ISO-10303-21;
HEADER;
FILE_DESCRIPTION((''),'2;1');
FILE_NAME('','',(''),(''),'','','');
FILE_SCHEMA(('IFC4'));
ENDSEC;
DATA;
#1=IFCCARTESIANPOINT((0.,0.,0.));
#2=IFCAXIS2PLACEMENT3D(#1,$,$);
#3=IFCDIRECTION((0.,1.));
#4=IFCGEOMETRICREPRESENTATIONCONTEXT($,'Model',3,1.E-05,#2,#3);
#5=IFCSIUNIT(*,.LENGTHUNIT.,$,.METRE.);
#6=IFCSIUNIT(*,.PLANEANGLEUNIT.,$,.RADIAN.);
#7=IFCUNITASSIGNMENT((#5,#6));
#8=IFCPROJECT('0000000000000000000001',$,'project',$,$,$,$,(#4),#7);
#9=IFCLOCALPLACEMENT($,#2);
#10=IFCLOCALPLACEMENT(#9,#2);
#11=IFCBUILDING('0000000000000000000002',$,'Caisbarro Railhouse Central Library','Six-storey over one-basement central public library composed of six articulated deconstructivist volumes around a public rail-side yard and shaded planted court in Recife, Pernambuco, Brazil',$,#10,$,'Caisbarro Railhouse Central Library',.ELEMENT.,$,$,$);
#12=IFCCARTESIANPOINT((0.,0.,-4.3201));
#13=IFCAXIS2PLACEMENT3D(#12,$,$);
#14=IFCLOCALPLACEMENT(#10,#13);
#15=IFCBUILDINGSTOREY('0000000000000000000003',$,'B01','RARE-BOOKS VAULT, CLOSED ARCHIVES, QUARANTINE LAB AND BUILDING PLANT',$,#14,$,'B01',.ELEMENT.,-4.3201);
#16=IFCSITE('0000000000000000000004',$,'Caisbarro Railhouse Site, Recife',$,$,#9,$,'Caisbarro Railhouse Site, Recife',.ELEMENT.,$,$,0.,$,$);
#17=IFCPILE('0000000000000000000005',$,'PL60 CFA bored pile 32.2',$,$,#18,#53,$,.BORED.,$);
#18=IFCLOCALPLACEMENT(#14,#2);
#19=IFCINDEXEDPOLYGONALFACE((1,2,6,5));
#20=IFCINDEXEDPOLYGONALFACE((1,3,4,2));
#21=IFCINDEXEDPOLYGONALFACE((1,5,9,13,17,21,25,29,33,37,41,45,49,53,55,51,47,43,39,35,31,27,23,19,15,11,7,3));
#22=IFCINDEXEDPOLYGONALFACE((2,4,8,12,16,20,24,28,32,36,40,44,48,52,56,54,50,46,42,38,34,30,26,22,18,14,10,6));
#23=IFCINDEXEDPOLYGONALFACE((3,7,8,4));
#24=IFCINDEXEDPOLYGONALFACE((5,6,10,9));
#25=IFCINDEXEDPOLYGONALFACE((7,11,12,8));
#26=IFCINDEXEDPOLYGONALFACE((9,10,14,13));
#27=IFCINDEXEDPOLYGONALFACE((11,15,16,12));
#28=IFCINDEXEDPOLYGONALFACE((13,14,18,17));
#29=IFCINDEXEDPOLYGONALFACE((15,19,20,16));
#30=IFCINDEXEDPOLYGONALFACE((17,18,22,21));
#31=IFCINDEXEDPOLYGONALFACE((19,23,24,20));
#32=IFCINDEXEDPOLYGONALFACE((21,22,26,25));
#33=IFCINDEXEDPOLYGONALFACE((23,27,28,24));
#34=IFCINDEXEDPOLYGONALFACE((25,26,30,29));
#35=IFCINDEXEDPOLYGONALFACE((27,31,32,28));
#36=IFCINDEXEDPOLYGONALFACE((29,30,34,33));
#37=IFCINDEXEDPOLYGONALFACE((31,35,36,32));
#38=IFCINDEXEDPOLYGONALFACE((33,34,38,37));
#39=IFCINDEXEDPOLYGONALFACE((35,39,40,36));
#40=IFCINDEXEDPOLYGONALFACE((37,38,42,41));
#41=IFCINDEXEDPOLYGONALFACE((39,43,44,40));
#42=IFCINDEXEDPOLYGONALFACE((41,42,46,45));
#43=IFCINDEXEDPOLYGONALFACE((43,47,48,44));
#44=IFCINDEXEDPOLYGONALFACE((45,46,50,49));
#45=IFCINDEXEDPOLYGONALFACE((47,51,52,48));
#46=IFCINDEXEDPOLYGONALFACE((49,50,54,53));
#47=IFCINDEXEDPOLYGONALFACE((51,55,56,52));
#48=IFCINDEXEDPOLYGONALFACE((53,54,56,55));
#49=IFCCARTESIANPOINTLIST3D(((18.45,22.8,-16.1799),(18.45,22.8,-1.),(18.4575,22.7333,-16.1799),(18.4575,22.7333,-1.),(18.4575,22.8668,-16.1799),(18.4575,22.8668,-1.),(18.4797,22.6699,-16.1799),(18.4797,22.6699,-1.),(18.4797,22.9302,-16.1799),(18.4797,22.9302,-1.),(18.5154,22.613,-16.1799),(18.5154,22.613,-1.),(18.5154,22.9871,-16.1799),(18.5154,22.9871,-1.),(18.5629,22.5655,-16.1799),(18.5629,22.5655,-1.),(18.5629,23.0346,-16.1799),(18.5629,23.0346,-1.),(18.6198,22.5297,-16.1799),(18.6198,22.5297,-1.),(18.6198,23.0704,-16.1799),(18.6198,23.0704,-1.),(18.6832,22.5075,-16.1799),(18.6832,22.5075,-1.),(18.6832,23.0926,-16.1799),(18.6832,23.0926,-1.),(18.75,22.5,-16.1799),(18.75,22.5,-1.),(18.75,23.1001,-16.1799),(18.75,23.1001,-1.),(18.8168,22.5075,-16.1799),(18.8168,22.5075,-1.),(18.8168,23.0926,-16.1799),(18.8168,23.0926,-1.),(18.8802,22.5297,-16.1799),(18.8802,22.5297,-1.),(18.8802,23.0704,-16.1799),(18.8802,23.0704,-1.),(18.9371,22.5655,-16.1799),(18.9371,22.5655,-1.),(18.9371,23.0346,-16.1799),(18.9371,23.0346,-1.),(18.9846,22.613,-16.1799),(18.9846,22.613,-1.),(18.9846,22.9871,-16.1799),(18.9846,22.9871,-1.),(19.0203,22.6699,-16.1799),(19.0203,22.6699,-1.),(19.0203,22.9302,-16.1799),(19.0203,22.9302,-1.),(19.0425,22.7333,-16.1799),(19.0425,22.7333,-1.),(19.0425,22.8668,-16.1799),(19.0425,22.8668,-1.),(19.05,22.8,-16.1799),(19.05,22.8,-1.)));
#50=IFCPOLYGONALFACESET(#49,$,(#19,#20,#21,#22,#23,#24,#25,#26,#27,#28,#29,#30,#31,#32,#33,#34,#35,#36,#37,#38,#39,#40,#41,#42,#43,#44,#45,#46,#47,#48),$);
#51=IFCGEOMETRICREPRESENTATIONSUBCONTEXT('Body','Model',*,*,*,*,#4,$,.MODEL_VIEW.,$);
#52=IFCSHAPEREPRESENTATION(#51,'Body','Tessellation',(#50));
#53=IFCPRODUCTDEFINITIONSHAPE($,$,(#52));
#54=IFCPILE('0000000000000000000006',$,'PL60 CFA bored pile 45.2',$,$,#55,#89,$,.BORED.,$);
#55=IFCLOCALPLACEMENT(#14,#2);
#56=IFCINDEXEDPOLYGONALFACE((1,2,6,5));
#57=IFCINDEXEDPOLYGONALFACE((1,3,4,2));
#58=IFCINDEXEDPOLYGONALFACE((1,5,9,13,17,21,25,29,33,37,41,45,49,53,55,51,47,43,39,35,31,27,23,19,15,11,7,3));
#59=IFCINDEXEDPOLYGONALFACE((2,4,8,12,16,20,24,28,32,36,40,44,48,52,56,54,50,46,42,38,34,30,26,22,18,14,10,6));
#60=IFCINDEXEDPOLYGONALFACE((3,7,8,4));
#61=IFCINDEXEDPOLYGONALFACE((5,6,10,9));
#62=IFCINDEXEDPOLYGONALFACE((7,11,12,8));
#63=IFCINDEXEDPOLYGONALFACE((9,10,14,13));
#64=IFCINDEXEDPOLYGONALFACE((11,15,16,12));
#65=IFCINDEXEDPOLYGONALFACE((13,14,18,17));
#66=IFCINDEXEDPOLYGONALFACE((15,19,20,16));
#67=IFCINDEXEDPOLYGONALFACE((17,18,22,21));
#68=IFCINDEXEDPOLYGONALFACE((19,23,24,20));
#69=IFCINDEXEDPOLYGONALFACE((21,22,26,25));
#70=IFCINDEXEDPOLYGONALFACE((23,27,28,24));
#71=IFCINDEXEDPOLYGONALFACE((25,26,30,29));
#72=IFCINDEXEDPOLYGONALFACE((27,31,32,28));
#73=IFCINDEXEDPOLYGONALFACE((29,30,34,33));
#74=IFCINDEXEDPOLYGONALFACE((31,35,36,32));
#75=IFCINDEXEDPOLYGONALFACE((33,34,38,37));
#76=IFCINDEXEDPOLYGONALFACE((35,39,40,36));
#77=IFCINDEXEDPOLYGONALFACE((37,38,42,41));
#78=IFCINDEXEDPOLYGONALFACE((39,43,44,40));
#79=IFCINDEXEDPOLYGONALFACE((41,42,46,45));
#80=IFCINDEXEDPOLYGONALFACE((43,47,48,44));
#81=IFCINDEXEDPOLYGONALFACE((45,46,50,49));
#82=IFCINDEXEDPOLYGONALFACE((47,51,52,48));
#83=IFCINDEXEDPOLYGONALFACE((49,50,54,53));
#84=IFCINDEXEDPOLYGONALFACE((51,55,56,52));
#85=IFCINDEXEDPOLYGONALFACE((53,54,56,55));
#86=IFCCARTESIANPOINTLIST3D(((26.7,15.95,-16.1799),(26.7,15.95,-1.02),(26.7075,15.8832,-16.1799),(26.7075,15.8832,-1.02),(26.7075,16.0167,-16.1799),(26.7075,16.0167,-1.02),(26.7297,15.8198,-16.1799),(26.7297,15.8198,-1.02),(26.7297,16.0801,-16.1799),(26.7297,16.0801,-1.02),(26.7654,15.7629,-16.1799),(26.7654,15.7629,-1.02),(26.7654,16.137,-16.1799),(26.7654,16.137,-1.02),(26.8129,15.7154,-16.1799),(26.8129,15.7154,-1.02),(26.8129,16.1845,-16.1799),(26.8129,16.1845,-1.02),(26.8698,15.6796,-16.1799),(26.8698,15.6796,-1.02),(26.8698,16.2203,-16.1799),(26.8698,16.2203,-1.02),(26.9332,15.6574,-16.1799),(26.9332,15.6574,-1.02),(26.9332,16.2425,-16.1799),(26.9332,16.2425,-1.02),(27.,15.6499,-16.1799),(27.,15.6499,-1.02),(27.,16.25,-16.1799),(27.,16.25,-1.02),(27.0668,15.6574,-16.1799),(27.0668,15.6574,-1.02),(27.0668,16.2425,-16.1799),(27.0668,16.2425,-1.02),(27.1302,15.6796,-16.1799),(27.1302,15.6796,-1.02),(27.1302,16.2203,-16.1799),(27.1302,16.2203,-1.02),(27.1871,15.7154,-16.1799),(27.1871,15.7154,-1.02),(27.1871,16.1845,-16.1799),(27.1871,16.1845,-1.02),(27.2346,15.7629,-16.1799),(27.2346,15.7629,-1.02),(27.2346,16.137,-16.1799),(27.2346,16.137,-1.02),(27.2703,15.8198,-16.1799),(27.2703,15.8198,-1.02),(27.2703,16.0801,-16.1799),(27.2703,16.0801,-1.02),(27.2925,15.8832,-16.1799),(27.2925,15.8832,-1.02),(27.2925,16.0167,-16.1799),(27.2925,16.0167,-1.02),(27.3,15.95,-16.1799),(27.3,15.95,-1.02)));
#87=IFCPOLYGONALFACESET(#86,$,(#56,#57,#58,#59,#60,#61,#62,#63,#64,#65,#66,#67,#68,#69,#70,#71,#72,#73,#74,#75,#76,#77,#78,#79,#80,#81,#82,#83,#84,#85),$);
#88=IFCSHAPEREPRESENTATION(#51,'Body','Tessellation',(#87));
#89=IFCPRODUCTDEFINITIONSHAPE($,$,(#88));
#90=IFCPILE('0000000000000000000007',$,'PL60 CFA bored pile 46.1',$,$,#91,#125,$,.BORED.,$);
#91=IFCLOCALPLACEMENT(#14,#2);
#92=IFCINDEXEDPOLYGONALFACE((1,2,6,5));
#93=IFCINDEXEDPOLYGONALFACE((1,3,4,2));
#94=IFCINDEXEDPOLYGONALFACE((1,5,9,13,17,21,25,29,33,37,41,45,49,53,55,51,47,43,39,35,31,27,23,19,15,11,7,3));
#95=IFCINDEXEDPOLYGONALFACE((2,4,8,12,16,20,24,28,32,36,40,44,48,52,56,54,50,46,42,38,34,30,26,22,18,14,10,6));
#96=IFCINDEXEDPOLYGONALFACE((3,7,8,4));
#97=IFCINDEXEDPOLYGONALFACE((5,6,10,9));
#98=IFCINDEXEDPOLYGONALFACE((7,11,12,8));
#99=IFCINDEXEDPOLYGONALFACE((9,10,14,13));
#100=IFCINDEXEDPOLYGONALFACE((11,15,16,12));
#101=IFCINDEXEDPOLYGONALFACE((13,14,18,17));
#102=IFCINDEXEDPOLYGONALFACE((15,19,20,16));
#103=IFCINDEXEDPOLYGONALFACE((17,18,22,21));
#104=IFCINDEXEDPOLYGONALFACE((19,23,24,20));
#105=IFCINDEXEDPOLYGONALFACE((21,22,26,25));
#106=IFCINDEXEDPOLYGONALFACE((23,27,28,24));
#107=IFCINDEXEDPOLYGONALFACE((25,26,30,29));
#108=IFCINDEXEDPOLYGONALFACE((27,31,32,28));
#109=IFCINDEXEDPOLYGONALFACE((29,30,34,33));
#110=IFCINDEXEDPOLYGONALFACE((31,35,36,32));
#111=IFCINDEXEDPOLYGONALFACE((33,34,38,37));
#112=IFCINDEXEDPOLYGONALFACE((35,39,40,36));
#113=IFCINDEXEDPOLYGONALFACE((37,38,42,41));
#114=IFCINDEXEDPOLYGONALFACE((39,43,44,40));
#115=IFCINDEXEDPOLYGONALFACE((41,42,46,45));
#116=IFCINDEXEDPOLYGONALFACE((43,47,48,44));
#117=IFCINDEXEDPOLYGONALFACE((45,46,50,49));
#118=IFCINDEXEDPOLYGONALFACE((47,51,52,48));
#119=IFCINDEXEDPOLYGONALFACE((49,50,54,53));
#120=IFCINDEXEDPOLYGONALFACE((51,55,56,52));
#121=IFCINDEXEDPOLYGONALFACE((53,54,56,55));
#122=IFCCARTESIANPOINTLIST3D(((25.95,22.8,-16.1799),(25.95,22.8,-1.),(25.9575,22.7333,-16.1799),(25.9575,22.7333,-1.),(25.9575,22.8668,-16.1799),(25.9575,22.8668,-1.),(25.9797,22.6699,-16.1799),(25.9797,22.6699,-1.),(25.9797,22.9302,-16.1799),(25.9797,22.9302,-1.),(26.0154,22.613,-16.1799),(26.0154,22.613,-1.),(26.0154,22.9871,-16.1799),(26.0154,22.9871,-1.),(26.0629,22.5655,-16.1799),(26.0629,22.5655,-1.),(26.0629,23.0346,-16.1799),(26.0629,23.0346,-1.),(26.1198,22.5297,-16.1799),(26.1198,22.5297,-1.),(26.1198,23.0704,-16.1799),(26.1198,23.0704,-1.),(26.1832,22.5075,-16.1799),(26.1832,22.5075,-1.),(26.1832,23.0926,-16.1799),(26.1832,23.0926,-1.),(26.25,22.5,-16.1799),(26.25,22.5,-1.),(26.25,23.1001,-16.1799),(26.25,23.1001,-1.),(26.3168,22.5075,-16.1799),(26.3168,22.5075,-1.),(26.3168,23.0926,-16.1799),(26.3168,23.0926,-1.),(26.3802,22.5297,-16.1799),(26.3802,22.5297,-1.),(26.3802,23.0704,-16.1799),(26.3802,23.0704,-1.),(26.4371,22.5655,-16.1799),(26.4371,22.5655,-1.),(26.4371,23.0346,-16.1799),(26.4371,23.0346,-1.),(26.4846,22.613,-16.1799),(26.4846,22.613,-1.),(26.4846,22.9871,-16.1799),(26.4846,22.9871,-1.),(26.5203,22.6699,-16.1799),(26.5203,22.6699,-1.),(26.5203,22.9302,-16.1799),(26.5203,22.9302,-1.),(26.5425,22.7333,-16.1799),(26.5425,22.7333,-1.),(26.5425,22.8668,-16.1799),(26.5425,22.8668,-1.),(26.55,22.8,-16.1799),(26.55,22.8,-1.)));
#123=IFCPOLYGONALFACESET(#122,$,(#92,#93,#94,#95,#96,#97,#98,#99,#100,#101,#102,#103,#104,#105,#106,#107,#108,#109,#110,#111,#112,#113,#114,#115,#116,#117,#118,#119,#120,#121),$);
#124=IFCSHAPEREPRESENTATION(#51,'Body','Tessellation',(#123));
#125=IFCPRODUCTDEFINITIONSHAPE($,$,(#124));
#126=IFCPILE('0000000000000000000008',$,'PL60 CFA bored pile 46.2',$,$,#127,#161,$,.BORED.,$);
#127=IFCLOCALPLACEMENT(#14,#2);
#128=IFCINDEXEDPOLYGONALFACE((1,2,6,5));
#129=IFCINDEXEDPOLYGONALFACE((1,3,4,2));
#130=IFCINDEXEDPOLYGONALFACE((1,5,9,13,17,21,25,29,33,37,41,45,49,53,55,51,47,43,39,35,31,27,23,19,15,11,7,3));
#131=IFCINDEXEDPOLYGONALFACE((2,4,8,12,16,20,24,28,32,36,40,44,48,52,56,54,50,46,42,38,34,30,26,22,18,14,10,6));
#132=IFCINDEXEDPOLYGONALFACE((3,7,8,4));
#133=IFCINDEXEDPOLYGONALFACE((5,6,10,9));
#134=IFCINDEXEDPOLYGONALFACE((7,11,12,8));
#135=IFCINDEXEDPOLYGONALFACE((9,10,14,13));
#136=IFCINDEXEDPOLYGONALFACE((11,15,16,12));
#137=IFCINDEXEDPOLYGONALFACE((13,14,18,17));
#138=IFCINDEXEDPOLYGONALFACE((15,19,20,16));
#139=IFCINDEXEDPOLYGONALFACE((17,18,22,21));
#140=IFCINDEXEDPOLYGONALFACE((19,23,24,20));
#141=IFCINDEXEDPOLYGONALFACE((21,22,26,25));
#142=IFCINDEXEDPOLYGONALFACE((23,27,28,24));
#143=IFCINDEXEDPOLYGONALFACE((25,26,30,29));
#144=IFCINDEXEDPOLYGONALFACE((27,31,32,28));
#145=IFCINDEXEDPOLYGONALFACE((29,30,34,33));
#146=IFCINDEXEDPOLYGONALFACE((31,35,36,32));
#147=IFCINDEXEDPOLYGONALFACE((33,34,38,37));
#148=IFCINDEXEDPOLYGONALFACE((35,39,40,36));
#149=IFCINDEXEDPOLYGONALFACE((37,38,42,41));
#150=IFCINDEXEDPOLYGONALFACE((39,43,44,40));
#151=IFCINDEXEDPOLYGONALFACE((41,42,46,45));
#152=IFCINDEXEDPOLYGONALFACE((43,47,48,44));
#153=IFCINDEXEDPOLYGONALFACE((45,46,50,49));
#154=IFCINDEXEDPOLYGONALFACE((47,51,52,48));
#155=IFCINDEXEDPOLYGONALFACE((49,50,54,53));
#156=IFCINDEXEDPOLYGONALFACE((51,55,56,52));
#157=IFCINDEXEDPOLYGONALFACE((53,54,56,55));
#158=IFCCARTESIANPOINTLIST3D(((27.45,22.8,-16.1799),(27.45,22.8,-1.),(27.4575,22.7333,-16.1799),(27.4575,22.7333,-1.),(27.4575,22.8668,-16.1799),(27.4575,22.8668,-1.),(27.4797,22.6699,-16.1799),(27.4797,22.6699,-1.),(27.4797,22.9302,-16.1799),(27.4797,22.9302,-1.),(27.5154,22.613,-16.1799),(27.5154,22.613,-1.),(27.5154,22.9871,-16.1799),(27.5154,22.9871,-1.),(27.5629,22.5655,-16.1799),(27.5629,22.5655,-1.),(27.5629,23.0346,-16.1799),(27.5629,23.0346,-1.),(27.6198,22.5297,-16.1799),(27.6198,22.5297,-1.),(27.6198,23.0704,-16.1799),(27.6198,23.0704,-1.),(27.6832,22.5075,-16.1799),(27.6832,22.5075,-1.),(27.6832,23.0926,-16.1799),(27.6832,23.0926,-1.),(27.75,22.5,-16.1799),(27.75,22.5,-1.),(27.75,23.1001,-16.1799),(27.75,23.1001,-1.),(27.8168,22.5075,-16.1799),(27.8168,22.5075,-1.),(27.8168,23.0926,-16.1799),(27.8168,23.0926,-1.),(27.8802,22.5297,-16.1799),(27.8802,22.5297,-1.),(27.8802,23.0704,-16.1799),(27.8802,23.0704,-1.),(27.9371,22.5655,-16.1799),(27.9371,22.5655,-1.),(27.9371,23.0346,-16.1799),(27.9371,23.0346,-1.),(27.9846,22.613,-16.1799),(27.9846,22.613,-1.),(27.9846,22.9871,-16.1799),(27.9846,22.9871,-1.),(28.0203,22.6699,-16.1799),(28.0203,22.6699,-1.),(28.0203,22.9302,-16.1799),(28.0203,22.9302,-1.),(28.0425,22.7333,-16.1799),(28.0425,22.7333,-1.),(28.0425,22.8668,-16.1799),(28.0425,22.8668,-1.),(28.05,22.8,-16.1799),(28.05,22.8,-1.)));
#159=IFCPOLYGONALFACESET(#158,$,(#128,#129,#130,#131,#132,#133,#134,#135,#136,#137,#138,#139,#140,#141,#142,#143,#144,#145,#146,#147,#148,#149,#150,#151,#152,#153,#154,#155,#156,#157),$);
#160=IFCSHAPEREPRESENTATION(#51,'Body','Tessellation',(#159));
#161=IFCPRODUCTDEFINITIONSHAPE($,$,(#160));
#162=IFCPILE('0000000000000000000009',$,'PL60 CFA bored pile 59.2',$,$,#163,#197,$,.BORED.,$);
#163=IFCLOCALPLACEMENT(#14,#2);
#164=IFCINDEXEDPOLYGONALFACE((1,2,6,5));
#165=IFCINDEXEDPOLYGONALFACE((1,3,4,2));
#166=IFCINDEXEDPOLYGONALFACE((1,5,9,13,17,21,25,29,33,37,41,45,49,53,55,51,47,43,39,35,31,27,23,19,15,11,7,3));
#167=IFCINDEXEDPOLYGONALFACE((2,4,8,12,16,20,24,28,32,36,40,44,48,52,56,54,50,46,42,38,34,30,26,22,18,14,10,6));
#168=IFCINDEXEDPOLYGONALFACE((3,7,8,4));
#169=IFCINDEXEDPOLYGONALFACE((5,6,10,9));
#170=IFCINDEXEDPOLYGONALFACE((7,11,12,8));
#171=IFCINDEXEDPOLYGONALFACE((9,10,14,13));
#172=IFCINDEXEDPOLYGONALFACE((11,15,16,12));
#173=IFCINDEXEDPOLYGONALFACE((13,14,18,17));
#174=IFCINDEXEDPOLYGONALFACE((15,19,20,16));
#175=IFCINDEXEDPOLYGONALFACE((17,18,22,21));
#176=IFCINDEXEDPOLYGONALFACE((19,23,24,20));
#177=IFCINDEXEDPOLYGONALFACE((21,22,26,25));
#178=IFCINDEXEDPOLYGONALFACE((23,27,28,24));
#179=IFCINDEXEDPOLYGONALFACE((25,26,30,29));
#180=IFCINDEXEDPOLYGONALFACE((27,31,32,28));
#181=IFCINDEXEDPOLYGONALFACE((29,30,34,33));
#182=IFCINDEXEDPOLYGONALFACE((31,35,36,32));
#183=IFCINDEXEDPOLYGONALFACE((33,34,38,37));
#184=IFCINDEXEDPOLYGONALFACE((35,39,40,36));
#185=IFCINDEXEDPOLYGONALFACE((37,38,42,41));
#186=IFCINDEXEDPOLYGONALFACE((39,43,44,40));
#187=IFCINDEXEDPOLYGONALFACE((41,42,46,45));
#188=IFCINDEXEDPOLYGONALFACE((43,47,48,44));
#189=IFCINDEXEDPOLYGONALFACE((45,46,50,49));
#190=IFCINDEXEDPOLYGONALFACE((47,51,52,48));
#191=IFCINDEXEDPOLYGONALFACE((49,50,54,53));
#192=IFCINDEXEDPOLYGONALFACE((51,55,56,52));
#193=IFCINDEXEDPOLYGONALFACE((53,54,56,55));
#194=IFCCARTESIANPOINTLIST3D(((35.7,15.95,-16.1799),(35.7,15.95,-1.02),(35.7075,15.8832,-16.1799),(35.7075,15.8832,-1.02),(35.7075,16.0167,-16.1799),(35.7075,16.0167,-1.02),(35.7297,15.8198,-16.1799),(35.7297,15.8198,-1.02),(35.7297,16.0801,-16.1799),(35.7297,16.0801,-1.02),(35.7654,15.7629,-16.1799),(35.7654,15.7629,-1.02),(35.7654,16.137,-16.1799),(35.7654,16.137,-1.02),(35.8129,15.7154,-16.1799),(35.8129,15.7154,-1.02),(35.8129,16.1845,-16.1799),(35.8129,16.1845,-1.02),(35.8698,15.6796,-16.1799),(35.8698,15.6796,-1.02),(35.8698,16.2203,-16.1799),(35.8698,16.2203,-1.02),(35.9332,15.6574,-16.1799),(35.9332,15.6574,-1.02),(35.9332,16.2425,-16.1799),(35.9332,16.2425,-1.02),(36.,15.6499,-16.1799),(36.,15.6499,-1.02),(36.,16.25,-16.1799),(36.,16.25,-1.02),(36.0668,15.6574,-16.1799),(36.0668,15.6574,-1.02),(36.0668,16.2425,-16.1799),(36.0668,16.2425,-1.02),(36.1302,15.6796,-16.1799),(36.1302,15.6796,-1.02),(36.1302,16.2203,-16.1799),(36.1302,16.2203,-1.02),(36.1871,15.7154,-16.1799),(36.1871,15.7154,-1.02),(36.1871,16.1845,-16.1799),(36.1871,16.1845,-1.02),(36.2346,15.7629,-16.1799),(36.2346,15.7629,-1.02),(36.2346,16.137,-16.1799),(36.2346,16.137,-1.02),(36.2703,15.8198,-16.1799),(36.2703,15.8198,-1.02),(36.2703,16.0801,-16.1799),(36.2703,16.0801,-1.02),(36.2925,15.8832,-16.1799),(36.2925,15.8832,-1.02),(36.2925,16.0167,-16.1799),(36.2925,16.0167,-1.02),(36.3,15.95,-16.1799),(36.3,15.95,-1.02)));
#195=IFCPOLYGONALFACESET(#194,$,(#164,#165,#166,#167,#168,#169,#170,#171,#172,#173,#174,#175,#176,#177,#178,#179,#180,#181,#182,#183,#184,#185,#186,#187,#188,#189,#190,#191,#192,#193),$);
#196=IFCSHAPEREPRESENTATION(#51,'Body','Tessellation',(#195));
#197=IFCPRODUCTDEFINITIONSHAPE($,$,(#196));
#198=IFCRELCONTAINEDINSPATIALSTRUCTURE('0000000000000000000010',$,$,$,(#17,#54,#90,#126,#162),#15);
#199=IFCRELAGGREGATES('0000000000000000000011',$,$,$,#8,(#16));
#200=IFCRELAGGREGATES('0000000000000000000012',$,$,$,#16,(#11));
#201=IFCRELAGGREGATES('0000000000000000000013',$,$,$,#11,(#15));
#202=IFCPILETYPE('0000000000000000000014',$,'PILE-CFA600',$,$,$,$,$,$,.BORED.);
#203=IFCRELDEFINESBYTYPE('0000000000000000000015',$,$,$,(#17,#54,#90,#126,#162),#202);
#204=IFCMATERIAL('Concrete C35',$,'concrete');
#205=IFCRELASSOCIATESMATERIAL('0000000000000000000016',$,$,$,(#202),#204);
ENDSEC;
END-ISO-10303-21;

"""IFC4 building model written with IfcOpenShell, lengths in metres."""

from ifc_helpers import new_model, si_unit, direction, frame, origin, origin_2d, place, context, subcontext, project, spatial, circle, extrude, material, material_profile, profile_set, type_object, element, save


model = new_model("IFC4")

# Units and contexts
model_context = context("Model", 3, precision=1e-05, world=origin(), true_north=direction((0.0, 1.0)))
body_context = subcontext(model_context, "Body", "Model", "MODEL_VIEW")
ifc_project = project(units=[si_unit("LENGTHUNIT", "METRE"), si_unit("PLANEANGLEUNIT", "RADIAN")], contexts=[model_context])

# Site, building, storey
site_placement = place(None, origin())
site = spatial("IfcSite", under=ifc_project, at=site_placement, Name="Caisbarro Railhouse Site, Recife", LongName="Caisbarro Railhouse Site, Recife", CompositionType="ELEMENT", RefElevation=0.0)
building_placement = place(site_placement, origin())
building = spatial("IfcBuilding", under=site, at=building_placement, Name="Caisbarro Railhouse Central Library", Description="Six-storey over one-basement central public library composed of six articulated deconstructivist volumes around a public rail-side yard and shaded planted court in Recife, Pernambuco, Brazil", LongName="Caisbarro Railhouse Central Library", CompositionType="ELEMENT")
storey_placement = place(building_placement, frame((0.0, 0.0, -4.3201)))
storey = spatial("IfcBuildingStorey", under=building, at=storey_placement, Name="B01", Description="RARE-BOOKS VAULT, CLOSED ARCHIVES, QUARANTINE LAB AND BUILDING PLANT", LongName="B01", CompositionType="ELEMENT", Elevation=-4.3201)

# Shared definitions
ifc_material_1 = material(Name="Concrete C35", Category="concrete")

# Piles
ifc_material_profile_1 = material_profile(ifc_material_1, circle(Radius=0.3, at=origin_2d()), Name="PILE-CFA-600")
ifc_profile_set_1 = profile_set([ifc_material_profile_1], Name="Concrete C35")
pile_type_1 = type_object("IfcPileType", Name="PILE-CFA600", PredefinedType="BORED", material=ifc_profile_set_1)
pile_1_placement = place(storey_placement, frame((18.75, 22.8, -1.0), z_axis=(0.0, 0.0, -1.0), x_axis=(1.0, 0.0, 0.0)))
element("IfcPile", 1, at=pile_1_placement, inside=storey, type_object=pile_type_1, Name="PL60 CFA bored pile 32.2", PredefinedType="BORED", context=body_context, shape_type="SweptSolid", body=[
    extrude(circle(Radius=0.3, at=origin_2d()), origin(), (0.0, 0.0, 1.0), 15.1799),
])
pile_2_placement = place(storey_placement, frame((27.0, 15.95, -1.02), z_axis=(0.0, 0.0, -1.0), x_axis=(1.0, 0.0, 0.0)))
element("IfcPile", 2, at=pile_2_placement, inside=storey, type_object=pile_type_1, Name="PL60 CFA bored pile 45.2", PredefinedType="BORED", context=body_context, shape_type="SweptSolid", body=[
    extrude(circle(Radius=0.3, at=origin_2d()), origin(), (0.0, 0.0, 1.0), 15.1599),
])
for number, where, z_axis, x_axis, name in (
    (3, (26.25, 22.8, -1.0), (0.0, 0.0, -1.0), (1.0, 0.0, 0.0), "PL60 CFA bored pile 46.1"),
    (4, (27.75, 22.8, -1.0), (0.0, 0.0, -1.0), (1.0, 0.0, 0.0), "PL60 CFA bored pile 46.2"),
):
    element("IfcPile", number, at=place(storey_placement, frame(where, z_axis=z_axis, x_axis=x_axis)), inside=storey, type_object=pile_type_1, Name=name, PredefinedType="BORED", context=body_context, shape_type="SweptSolid", body=[
        extrude(circle(Radius=0.3, at=origin_2d()), origin(), (0.0, 0.0, 1.0), 15.1799),
    ])
pile_3_placement = place(storey_placement, frame((36.0, 15.95, -1.02), z_axis=(0.0, 0.0, -1.0), x_axis=(1.0, 0.0, 0.0)))
element("IfcPile", 5, at=pile_3_placement, inside=storey, type_object=pile_type_1, Name="PL60 CFA bored pile 59.2", PredefinedType="BORED", context=body_context, shape_type="SweptSolid", body=[
    extrude(circle(Radius=0.3, at=origin_2d()), origin(), (0.0, 0.0, 1.0), 15.1599),
])

save(model, "model.ifc")
